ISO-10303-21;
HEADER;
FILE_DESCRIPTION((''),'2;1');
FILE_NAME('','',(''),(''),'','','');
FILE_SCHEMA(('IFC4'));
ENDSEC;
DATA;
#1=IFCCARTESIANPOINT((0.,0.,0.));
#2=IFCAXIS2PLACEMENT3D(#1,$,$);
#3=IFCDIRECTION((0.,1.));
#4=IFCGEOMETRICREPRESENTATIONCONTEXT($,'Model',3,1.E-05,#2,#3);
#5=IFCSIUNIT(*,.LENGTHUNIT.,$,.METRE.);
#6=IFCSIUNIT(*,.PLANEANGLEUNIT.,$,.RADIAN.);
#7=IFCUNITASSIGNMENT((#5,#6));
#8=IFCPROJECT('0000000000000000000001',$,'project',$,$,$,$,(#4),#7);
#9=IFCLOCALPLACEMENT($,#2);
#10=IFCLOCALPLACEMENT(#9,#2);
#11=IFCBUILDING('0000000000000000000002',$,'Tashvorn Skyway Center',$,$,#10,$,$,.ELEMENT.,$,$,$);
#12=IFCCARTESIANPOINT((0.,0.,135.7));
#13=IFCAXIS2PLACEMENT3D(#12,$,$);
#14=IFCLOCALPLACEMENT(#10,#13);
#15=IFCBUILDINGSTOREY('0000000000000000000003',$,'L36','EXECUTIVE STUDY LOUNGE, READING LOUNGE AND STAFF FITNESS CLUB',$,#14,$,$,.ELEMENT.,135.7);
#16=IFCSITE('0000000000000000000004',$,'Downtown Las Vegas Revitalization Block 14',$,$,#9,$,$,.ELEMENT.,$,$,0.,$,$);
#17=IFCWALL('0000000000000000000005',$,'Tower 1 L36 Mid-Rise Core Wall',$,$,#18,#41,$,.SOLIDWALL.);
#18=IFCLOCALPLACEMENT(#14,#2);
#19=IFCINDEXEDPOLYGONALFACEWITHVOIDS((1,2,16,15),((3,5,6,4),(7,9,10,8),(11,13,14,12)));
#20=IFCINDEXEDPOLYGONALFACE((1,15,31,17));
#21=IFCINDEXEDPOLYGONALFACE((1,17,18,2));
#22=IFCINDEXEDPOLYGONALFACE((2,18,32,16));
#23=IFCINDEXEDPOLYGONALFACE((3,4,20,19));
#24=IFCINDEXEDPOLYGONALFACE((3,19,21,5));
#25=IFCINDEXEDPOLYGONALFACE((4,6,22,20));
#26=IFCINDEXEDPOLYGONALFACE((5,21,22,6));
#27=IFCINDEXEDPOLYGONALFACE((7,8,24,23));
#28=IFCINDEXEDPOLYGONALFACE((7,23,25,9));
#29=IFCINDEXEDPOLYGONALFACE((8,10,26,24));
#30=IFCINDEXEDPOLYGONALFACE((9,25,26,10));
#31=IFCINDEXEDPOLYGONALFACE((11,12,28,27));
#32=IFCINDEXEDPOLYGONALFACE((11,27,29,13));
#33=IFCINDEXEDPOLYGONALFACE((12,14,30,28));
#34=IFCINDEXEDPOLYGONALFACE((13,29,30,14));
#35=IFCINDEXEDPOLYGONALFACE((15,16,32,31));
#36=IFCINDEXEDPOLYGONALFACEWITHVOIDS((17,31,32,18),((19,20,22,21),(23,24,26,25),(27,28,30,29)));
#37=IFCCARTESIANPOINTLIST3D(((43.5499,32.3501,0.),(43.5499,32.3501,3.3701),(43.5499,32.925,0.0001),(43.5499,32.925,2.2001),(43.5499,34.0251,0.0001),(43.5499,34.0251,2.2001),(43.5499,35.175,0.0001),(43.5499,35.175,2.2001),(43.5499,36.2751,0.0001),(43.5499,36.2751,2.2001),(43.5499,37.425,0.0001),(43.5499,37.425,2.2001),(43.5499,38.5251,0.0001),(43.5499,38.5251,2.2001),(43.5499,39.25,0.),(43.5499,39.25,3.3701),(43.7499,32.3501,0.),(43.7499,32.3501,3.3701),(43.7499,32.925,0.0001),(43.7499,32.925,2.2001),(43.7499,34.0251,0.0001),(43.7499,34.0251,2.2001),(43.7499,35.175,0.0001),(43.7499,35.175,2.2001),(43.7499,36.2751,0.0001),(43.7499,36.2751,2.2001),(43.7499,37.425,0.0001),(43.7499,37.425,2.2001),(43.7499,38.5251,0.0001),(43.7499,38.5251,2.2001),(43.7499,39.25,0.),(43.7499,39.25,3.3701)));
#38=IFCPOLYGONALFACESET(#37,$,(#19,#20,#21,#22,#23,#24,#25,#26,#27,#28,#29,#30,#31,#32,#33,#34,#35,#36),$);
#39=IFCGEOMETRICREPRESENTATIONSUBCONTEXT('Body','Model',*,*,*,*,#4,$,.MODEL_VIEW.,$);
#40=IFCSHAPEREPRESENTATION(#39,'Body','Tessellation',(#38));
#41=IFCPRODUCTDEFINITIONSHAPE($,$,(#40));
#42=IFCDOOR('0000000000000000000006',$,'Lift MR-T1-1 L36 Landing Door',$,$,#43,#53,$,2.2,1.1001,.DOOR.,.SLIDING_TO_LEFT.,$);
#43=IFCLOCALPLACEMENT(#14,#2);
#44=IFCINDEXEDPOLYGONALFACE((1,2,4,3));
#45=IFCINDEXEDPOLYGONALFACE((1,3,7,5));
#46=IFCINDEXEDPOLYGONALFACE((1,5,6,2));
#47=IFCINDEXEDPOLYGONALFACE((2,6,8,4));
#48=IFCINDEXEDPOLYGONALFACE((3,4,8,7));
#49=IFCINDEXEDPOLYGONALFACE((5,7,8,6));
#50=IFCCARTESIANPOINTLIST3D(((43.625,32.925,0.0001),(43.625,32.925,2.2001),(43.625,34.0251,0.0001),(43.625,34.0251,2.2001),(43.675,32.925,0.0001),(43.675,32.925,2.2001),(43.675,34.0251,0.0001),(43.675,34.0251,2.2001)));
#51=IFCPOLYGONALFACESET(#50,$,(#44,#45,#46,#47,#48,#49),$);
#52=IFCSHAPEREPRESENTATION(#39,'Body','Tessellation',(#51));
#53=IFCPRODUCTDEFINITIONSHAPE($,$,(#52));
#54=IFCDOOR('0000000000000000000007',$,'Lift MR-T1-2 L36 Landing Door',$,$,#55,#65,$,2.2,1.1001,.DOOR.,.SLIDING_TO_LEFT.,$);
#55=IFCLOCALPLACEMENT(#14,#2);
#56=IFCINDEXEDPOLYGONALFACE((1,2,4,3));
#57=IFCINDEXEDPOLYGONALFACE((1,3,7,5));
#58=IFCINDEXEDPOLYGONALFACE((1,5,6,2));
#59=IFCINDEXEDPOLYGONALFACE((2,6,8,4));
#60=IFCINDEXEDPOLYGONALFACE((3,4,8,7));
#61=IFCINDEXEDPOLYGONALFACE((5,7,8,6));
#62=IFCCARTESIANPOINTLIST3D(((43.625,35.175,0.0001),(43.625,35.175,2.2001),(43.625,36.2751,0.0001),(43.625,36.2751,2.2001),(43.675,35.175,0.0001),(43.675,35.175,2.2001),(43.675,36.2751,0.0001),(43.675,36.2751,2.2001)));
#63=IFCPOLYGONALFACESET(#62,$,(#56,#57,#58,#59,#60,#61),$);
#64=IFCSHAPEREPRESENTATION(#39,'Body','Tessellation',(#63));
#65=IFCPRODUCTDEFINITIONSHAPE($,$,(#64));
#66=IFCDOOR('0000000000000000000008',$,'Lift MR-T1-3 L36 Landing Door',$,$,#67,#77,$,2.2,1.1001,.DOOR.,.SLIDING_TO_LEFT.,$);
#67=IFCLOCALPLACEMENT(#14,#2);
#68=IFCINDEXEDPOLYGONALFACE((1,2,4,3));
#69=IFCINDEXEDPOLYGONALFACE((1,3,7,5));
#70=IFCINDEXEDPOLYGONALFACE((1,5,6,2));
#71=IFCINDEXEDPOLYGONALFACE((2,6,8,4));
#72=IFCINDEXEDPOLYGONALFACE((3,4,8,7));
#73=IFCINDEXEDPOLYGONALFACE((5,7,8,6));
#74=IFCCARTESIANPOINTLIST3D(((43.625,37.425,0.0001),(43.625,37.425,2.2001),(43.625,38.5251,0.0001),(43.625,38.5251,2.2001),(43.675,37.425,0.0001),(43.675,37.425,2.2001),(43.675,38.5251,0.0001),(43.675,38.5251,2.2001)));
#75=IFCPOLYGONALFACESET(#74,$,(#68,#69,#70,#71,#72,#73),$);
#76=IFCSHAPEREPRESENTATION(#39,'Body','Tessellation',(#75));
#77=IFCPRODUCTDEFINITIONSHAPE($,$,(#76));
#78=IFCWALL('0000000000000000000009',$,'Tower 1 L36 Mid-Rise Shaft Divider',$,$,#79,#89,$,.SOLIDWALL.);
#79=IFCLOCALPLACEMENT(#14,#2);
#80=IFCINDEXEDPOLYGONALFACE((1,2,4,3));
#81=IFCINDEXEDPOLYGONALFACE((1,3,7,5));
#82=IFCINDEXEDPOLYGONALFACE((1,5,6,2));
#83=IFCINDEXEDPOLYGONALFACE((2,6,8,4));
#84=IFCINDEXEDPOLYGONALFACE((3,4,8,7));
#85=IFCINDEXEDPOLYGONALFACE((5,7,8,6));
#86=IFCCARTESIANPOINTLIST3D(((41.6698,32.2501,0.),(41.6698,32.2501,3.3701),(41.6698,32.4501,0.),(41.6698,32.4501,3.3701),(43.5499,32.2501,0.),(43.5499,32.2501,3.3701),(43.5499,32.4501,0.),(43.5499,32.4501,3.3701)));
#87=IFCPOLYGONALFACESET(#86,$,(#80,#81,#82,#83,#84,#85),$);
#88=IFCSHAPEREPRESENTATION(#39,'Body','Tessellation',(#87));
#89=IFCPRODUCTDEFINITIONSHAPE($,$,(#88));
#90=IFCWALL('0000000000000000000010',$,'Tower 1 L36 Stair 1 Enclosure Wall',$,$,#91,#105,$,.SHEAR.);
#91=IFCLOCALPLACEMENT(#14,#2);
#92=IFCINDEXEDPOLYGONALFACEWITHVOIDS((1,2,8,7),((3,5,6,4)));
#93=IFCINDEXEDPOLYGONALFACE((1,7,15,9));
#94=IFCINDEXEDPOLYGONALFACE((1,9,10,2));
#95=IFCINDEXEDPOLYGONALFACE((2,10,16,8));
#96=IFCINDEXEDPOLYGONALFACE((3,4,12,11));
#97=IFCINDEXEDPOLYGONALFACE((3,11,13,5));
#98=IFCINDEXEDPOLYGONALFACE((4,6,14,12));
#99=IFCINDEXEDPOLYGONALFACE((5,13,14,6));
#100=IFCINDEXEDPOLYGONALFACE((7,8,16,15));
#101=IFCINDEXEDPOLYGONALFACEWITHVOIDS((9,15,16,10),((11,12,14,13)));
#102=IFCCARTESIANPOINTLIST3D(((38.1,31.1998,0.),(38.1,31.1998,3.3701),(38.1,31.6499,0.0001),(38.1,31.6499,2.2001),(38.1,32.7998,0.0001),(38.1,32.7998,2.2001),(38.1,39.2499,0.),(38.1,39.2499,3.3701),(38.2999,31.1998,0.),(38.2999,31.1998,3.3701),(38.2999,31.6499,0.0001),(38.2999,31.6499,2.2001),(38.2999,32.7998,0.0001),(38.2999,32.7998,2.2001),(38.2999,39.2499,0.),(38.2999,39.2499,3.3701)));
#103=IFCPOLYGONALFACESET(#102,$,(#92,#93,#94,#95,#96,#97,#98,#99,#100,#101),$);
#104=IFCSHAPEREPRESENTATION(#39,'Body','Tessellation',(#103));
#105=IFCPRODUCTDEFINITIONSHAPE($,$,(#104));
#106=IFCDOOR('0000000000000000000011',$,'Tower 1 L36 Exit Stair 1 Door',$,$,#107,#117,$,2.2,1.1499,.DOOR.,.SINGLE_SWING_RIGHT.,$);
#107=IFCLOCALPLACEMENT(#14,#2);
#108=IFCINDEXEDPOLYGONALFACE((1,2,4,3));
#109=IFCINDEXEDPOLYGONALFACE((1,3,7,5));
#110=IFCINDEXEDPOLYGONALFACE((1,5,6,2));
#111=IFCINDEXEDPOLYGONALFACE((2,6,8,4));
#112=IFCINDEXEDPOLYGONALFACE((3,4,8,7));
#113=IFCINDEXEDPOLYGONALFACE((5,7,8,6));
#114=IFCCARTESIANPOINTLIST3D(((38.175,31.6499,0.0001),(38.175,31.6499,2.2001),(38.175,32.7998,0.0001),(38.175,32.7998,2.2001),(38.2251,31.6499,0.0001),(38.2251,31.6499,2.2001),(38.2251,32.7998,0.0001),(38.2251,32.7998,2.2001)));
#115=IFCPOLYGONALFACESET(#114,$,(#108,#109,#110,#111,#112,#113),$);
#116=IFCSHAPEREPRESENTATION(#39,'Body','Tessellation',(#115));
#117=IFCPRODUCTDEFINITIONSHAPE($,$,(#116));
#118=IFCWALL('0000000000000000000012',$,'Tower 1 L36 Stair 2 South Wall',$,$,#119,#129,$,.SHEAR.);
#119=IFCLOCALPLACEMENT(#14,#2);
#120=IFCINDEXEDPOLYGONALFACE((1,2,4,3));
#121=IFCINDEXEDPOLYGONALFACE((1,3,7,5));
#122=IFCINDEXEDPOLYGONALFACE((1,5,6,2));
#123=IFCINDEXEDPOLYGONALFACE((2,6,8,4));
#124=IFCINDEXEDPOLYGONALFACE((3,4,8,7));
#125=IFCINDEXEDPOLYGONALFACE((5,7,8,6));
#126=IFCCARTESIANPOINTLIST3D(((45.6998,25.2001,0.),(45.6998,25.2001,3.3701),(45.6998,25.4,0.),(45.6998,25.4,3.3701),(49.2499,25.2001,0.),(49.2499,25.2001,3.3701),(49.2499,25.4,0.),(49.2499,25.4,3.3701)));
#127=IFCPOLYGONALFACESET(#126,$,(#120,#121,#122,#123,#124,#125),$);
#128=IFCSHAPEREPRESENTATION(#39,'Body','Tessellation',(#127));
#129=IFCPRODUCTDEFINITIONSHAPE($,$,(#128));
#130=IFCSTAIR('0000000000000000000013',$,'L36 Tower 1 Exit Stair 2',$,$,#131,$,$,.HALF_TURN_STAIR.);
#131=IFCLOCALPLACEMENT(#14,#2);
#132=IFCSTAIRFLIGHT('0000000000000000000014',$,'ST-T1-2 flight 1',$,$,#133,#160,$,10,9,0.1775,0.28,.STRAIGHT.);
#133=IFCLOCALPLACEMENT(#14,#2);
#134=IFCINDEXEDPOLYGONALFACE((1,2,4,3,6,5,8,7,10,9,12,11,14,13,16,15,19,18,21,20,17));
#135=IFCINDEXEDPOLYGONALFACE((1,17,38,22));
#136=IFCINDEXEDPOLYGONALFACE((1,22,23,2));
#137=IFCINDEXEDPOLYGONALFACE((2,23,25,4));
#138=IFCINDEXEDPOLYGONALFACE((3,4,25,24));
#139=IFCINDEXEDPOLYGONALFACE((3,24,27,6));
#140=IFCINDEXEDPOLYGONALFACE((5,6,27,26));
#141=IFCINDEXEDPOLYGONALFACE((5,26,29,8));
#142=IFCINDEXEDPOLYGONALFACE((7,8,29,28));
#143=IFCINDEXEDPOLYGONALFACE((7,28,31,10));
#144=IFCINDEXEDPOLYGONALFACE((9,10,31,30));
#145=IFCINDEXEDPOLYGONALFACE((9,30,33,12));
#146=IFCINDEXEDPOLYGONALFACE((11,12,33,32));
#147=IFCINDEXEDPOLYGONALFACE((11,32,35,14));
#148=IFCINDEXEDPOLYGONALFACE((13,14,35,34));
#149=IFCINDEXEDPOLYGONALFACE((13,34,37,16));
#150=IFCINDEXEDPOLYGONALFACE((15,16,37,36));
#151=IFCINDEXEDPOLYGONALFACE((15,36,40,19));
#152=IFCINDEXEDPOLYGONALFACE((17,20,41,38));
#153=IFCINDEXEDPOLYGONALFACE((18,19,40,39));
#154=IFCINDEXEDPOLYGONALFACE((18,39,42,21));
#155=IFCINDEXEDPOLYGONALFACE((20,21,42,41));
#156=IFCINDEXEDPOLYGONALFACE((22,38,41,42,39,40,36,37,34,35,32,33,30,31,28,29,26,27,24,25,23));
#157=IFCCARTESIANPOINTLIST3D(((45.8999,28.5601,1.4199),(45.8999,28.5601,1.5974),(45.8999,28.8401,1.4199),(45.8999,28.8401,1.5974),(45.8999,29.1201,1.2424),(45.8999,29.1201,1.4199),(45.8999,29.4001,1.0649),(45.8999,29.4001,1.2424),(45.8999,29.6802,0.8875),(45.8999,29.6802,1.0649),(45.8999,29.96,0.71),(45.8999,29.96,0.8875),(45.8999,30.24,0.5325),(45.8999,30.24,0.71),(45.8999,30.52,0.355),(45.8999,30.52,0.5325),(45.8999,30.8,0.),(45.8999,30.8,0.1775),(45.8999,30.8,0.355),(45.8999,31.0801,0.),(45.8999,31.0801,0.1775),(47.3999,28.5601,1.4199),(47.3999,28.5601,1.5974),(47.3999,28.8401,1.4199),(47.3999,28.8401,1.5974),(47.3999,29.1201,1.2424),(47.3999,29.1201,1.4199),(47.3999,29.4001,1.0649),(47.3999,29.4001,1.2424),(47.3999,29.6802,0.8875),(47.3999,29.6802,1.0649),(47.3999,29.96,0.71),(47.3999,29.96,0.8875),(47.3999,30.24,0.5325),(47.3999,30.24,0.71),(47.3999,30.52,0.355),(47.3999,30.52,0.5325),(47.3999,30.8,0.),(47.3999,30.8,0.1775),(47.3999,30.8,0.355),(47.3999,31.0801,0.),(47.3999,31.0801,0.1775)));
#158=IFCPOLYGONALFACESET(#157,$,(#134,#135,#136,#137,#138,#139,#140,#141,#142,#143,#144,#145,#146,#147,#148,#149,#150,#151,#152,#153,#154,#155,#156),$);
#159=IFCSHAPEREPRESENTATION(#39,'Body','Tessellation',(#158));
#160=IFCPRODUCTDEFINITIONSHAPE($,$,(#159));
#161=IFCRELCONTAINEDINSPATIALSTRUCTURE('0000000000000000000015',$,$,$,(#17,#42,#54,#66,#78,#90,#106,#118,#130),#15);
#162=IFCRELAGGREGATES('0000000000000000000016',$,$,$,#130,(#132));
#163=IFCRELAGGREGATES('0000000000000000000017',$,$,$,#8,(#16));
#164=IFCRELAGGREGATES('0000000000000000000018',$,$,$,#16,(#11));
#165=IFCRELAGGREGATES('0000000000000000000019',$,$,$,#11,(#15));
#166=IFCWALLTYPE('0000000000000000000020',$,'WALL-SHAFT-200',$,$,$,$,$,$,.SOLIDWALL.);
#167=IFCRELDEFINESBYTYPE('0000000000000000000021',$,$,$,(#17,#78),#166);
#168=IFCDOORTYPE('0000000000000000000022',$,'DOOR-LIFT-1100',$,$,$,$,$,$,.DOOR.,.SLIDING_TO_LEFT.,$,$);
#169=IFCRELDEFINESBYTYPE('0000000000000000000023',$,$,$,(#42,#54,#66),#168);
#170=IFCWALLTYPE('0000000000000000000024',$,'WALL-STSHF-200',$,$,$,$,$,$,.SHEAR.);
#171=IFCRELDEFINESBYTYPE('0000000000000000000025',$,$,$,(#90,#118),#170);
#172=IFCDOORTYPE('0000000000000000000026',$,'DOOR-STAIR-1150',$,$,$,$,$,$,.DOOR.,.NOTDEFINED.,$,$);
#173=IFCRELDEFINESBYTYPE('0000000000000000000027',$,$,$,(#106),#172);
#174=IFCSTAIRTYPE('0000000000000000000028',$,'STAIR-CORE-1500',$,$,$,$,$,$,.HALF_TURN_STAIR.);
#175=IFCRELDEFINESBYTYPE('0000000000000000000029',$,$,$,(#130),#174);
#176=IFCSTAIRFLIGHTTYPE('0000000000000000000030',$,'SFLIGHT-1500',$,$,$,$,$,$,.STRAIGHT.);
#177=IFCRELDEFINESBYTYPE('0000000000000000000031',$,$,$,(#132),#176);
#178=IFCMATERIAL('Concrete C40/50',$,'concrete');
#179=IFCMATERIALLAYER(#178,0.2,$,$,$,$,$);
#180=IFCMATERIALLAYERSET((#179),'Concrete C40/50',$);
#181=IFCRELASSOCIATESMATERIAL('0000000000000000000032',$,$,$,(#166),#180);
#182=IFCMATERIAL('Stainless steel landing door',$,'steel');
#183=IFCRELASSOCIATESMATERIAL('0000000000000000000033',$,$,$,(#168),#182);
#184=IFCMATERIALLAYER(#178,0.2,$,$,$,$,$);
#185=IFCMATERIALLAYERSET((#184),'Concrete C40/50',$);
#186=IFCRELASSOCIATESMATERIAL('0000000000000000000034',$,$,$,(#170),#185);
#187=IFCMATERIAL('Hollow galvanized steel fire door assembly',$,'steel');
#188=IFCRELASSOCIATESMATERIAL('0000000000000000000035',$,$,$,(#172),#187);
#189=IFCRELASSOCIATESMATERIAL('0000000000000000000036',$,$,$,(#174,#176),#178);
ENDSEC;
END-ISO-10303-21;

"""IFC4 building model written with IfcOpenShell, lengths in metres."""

from ifc_helpers import new_model, si_unit, direction, frame, frame_2d, origin, place, context, subcontext, project, spatial, polyline, rectangle, outline, extrude, material, layer, layer_set, type_object, element, fill, aggregate, save


model = new_model("IFC4")

# Units and contexts
model_context = context("Model", 3, precision=1e-05, world=origin(), true_north=direction((0.0, 1.0)))
body_context = subcontext(model_context, "Body", "Model", "MODEL_VIEW")
ifc_project = project(units=[si_unit("LENGTHUNIT", "METRE"), si_unit("PLANEANGLEUNIT", "RADIAN")], contexts=[model_context])

# Site, building, storey
site_placement = place(None, origin())
site = spatial("IfcSite", under=ifc_project, at=site_placement, Name="Downtown Las Vegas Revitalization Block 14", CompositionType="ELEMENT", RefElevation=0.0)
building_placement = place(site_placement, origin())
building = spatial("IfcBuilding", under=site, at=building_placement, Name="Tashvorn Skyway Center", CompositionType="ELEMENT")
storey_placement = place(building_placement, frame((0.0, 0.0, 135.7)))
storey = spatial("IfcBuildingStorey", under=building, at=storey_placement, Name="L36", Description="EXECUTIVE STUDY LOUNGE, READING LOUNGE AND STAFF FITNESS CLUB", CompositionType="ELEMENT", Elevation=135.7)

# Shared definitions
ifc_material_1 = material(Name="Concrete C40/50", Category="concrete")
ifc_material_2 = material(Name="Hollow galvanized steel fire door assembly", Category="steel")

# Wall, openings, doors
ifc_layer_1 = layer(ifc_material_1, 0.2)
ifc_layer_set_1 = layer_set([ifc_layer_1], Name="Concrete C40/50")
wall_type_1 = type_object("IfcWallType", Name="WALL-SHAFT-200", PredefinedType="SOLIDWALL", material=ifc_layer_set_1)
wall_1_placement = place(storey_placement, frame((43.6499, 32.3501, 0.0), z_axis=(0.0, 0.0, 1.0), x_axis=(0.0, 1.0, 0.0)))
wall_1 = element("IfcWall", 1, at=wall_1_placement, inside=storey, type_object=wall_type_1, Name="Tower 1 L36 Mid-Rise Core Wall", PredefinedType="SOLIDWALL", context=body_context, shape_type="SweptSolid", body=[
    extrude(rectangle(XDim=6.8999, YDim=0.2, at=frame_2d((3.45, 0.0))), origin(), (0.0, 0.0, 1.0), 3.3701),
])
opening_1_placement = place(wall_1_placement, frame((0.575, 0.0, 0.0)))
opening_1 = element("IfcOpeningElement", 2, at=opening_1_placement, cuts=wall_1, PredefinedType="OPENING", context=body_context, shape_type="SweptSolid", body=[
    extrude(rectangle(XDim=1.1001, YDim=2.2, at=frame_2d((0.55, 1.1001))), frame((0.0, 0.1099, 0.0), z_axis=(0.0, -1.0, 0.0), x_axis=(1.0, 0.0, 0.0)), (0.0, 0.0, 1.0), 0.22),
])
opening_2_placement = place(wall_1_placement, frame((2.825, 0.0, 0.0)))
opening_2 = element("IfcOpeningElement", 3, at=opening_2_placement, cuts=wall_1, PredefinedType="OPENING", context=body_context, shape_type="SweptSolid", body=[
    extrude(rectangle(XDim=1.1001, YDim=2.2, at=frame_2d((0.55, 1.1001))), frame((0.0, 0.1099, 0.0), z_axis=(0.0, -1.0, 0.0), x_axis=(1.0, 0.0, 0.0)), (0.0, 0.0, 1.0), 0.22),
])
opening_3_placement = place(wall_1_placement, frame((5.075, 0.0, 0.0)))
opening_3 = element("IfcOpeningElement", 4, at=opening_3_placement, cuts=wall_1, PredefinedType="OPENING", context=body_context, shape_type="SweptSolid", body=[
    extrude(rectangle(XDim=1.1001, YDim=2.2, at=frame_2d((0.55, 1.1001))), frame((0.0, 0.1099, 0.0), z_axis=(0.0, -1.0, 0.0), x_axis=(1.0, 0.0, 0.0)), (0.0, 0.0, 1.0), 0.22),
])
ifc_material_3 = material(Name="Stainless steel landing door", Category="steel")
door_type_1 = type_object("IfcDoorType", Name="DOOR-LIFT-1100", OperationType="SLIDING_TO_LEFT", PredefinedType="DOOR", material=ifc_material_3)
door_1_placement = place(opening_1_placement, origin())
door_1 = element("IfcDoor", 5, at=door_1_placement, inside=storey, type_object=door_type_1, Name="Lift MR-T1-1 L36 Landing Door", OperationType="SLIDING_TO_LEFT", OverallHeight=2.2, OverallWidth=1.1001, PredefinedType="DOOR", context=body_context, shape_type="SweptSolid", body=[
    extrude(rectangle(XDim=1.1001, YDim=2.2, at=frame_2d((0.55, 1.1001))), frame((0.0, 0.0249, 0.0), z_axis=(0.0, -1.0, 0.0), x_axis=(1.0, 0.0, 0.0)), (0.0, 0.0, 1.0), 0.05),
])
fill(opening_1, door_1)
door_2_placement = place(opening_2_placement, origin())
door_2 = element("IfcDoor", 6, at=door_2_placement, inside=storey, type_object=door_type_1, Name="Lift MR-T1-2 L36 Landing Door", OperationType="SLIDING_TO_LEFT", OverallHeight=2.2, OverallWidth=1.1001, PredefinedType="DOOR", context=body_context, shape_type="SweptSolid", body=[
    extrude(rectangle(XDim=1.1001, YDim=2.2, at=frame_2d((0.55, 1.1001))), frame((0.0, 0.0249, 0.0), z_axis=(0.0, -1.0, 0.0), x_axis=(1.0, 0.0, 0.0)), (0.0, 0.0, 1.0), 0.05),
])
fill(opening_2, door_2)
door_3_placement = place(opening_3_placement, origin())
door_3 = element("IfcDoor", 7, at=door_3_placement, inside=storey, type_object=door_type_1, Name="Lift MR-T1-3 L36 Landing Door", OperationType="SLIDING_TO_LEFT", OverallHeight=2.2, OverallWidth=1.1001, PredefinedType="DOOR", context=body_context, shape_type="SweptSolid", body=[
    extrude(rectangle(XDim=1.1001, YDim=2.2, at=frame_2d((0.55, 1.1001))), frame((0.0, 0.0249, 0.0), z_axis=(0.0, -1.0, 0.0), x_axis=(1.0, 0.0, 0.0)), (0.0, 0.0, 1.0), 0.05),
])
fill(opening_3, door_3)

# Wall
wall_2_placement = place(storey_placement, frame((41.6699, 32.3501, 0.0), z_axis=(0.0, 0.0, 1.0), x_axis=(1.0, 0.0, 0.0)))
element("IfcWall", 8, at=wall_2_placement, inside=storey, type_object=wall_type_1, Name="Tower 1 L36 Mid-Rise Shaft Divider", PredefinedType="SOLIDWALL", context=body_context, shape_type="SweptSolid", body=[
    extrude(rectangle(XDim=1.8801, YDim=0.2, at=frame_2d((0.9399, 0.0))), origin(), (0.0, 0.0, 1.0), 3.3701),
])

# Wall, opening, door
ifc_layer_2 = layer(ifc_material_1, 0.2)
ifc_layer_set_2 = layer_set([ifc_layer_2], Name="Concrete C40/50")
wall_type_2 = type_object("IfcWallType", Name="WALL-STSHF-200", PredefinedType="SHEAR", material=ifc_layer_set_2)
wall_3_placement = place(storey_placement, frame((38.2, 31.2, 0.0), z_axis=(0.0, 0.0, 1.0), x_axis=(0.0, 1.0, 0.0)))
wall_3 = element("IfcWall", 9, at=wall_3_placement, inside=storey, type_object=wall_type_2, Name="Tower 1 L36 Stair 1 Enclosure Wall", PredefinedType="SHEAR", context=body_context, shape_type="SweptSolid", body=[
    extrude(rectangle(XDim=8.05, YDim=0.2, at=frame_2d((4.0249, 0.0))), origin(), (0.0, 0.0, 1.0), 3.3701),
])
opening_4_placement = place(wall_3_placement, frame((0.45, 0.0, 0.0)))
opening_4 = element("IfcOpeningElement", 10, at=opening_4_placement, cuts=wall_3, PredefinedType="OPENING", context=body_context, shape_type="SweptSolid", body=[
    extrude(rectangle(XDim=1.1499, YDim=2.2, at=frame_2d((0.575, 1.1001))), frame((0.0, 0.1099, 0.0), z_axis=(0.0, -1.0, 0.0), x_axis=(1.0, 0.0, 0.0)), (0.0, 0.0, 1.0), 0.22),
])
door_type_2 = type_object("IfcDoorType", Name="DOOR-STAIR-1150", OperationType="NOTDEFINED", PredefinedType="DOOR", material=ifc_material_2)
door_4_placement = place(opening_4_placement, origin())
door_4 = element("IfcDoor", 11, at=door_4_placement, inside=storey, type_object=door_type_2, Name="Tower 1 L36 Exit Stair 1 Door", OperationType="SINGLE_SWING_RIGHT", OverallHeight=2.2, OverallWidth=1.1499, PredefinedType="DOOR", context=body_context, shape_type="SweptSolid", body=[
    extrude(rectangle(XDim=1.1499, YDim=2.2, at=frame_2d((0.575, 1.1001))), frame((0.0, 0.0249, 0.0), z_axis=(0.0, -1.0, 0.0), x_axis=(1.0, 0.0, 0.0)), (0.0, 0.0, 1.0), 0.05),
])
fill(opening_4, door_4)

# Wall
wall_4_placement = place(storey_placement, frame((45.7, 25.3, 0.0), z_axis=(0.0, 0.0, 1.0), x_axis=(1.0, 0.0, 0.0)))
element("IfcWall", 12, at=wall_4_placement, inside=storey, type_object=wall_type_2, Name="Tower 1 L36 Stair 2 South Wall", PredefinedType="SHEAR", context=body_context, shape_type="SweptSolid", body=[
    extrude(rectangle(XDim=3.55, YDim=0.2, at=frame_2d((1.7749, 0.0))), origin(), (0.0, 0.0, 1.0), 3.3701),
])

# Stair, stair flight
stair_type = type_object("IfcStairType", Name="STAIR-CORE-1500", PredefinedType="HALF_TURN_STAIR", material=ifc_material_1)
stair_placement = place(storey_placement, origin())
stair = element("IfcStair", 13, at=stair_placement, inside=storey, type_object=stair_type, Name="L36 Tower 1 Exit Stair 2", PredefinedType="HALF_TURN_STAIR")
stair_flight_type = type_object("IfcStairFlightType", Name="SFLIGHT-1500", PredefinedType="STRAIGHT", material=ifc_material_1)
stair_flight_placement = place(storey_placement, frame((46.6499, 31.0801, 0.0), z_axis=(0.0, 0.0, 1.0), x_axis=(0.0, -1.0, 0.0)))
stair_flight = element("IfcStairFlight", 14, at=stair_flight_placement, type_object=stair_flight_type, Name="ST-T1-2 flight 1", NumberOfRisers=10, NumberOfTreads=9, PredefinedType="STRAIGHT", RiserHeight=0.1775, TreadLength=0.28, context=body_context, shape_type="SweptSolid", body=[
    extrude(outline(polyline([(0.0, 0.0), (0.0, 0.1775), (0.28, 0.1775), (0.28, 0.355), (0.5601, 0.355), (0.5601, 0.5325), (0.8401, 0.5325), (0.8401, 0.71), (1.1201, 0.71), (1.1201, 0.8875), (1.3999, 0.8875), (1.3999, 1.0649), (1.6799, 1.0649), (1.6799, 1.2424), (1.96, 1.2424), (1.96, 1.4199), (2.24, 1.4199), (2.24, 1.5974), (2.52, 1.5974), (2.52, 1.7749), (2.52, 1.4199), (0.28, 0.0), (0.0, 0.0)])), frame((0.0, 0.75, 0.0), z_axis=(0.0, -1.0, 0.0), x_axis=(1.0, 0.0, 0.0)), (0.0, 0.0, 1.0), 1.5),
])
aggregate(stair, [stair_flight])

save(model, "model.ifc")
